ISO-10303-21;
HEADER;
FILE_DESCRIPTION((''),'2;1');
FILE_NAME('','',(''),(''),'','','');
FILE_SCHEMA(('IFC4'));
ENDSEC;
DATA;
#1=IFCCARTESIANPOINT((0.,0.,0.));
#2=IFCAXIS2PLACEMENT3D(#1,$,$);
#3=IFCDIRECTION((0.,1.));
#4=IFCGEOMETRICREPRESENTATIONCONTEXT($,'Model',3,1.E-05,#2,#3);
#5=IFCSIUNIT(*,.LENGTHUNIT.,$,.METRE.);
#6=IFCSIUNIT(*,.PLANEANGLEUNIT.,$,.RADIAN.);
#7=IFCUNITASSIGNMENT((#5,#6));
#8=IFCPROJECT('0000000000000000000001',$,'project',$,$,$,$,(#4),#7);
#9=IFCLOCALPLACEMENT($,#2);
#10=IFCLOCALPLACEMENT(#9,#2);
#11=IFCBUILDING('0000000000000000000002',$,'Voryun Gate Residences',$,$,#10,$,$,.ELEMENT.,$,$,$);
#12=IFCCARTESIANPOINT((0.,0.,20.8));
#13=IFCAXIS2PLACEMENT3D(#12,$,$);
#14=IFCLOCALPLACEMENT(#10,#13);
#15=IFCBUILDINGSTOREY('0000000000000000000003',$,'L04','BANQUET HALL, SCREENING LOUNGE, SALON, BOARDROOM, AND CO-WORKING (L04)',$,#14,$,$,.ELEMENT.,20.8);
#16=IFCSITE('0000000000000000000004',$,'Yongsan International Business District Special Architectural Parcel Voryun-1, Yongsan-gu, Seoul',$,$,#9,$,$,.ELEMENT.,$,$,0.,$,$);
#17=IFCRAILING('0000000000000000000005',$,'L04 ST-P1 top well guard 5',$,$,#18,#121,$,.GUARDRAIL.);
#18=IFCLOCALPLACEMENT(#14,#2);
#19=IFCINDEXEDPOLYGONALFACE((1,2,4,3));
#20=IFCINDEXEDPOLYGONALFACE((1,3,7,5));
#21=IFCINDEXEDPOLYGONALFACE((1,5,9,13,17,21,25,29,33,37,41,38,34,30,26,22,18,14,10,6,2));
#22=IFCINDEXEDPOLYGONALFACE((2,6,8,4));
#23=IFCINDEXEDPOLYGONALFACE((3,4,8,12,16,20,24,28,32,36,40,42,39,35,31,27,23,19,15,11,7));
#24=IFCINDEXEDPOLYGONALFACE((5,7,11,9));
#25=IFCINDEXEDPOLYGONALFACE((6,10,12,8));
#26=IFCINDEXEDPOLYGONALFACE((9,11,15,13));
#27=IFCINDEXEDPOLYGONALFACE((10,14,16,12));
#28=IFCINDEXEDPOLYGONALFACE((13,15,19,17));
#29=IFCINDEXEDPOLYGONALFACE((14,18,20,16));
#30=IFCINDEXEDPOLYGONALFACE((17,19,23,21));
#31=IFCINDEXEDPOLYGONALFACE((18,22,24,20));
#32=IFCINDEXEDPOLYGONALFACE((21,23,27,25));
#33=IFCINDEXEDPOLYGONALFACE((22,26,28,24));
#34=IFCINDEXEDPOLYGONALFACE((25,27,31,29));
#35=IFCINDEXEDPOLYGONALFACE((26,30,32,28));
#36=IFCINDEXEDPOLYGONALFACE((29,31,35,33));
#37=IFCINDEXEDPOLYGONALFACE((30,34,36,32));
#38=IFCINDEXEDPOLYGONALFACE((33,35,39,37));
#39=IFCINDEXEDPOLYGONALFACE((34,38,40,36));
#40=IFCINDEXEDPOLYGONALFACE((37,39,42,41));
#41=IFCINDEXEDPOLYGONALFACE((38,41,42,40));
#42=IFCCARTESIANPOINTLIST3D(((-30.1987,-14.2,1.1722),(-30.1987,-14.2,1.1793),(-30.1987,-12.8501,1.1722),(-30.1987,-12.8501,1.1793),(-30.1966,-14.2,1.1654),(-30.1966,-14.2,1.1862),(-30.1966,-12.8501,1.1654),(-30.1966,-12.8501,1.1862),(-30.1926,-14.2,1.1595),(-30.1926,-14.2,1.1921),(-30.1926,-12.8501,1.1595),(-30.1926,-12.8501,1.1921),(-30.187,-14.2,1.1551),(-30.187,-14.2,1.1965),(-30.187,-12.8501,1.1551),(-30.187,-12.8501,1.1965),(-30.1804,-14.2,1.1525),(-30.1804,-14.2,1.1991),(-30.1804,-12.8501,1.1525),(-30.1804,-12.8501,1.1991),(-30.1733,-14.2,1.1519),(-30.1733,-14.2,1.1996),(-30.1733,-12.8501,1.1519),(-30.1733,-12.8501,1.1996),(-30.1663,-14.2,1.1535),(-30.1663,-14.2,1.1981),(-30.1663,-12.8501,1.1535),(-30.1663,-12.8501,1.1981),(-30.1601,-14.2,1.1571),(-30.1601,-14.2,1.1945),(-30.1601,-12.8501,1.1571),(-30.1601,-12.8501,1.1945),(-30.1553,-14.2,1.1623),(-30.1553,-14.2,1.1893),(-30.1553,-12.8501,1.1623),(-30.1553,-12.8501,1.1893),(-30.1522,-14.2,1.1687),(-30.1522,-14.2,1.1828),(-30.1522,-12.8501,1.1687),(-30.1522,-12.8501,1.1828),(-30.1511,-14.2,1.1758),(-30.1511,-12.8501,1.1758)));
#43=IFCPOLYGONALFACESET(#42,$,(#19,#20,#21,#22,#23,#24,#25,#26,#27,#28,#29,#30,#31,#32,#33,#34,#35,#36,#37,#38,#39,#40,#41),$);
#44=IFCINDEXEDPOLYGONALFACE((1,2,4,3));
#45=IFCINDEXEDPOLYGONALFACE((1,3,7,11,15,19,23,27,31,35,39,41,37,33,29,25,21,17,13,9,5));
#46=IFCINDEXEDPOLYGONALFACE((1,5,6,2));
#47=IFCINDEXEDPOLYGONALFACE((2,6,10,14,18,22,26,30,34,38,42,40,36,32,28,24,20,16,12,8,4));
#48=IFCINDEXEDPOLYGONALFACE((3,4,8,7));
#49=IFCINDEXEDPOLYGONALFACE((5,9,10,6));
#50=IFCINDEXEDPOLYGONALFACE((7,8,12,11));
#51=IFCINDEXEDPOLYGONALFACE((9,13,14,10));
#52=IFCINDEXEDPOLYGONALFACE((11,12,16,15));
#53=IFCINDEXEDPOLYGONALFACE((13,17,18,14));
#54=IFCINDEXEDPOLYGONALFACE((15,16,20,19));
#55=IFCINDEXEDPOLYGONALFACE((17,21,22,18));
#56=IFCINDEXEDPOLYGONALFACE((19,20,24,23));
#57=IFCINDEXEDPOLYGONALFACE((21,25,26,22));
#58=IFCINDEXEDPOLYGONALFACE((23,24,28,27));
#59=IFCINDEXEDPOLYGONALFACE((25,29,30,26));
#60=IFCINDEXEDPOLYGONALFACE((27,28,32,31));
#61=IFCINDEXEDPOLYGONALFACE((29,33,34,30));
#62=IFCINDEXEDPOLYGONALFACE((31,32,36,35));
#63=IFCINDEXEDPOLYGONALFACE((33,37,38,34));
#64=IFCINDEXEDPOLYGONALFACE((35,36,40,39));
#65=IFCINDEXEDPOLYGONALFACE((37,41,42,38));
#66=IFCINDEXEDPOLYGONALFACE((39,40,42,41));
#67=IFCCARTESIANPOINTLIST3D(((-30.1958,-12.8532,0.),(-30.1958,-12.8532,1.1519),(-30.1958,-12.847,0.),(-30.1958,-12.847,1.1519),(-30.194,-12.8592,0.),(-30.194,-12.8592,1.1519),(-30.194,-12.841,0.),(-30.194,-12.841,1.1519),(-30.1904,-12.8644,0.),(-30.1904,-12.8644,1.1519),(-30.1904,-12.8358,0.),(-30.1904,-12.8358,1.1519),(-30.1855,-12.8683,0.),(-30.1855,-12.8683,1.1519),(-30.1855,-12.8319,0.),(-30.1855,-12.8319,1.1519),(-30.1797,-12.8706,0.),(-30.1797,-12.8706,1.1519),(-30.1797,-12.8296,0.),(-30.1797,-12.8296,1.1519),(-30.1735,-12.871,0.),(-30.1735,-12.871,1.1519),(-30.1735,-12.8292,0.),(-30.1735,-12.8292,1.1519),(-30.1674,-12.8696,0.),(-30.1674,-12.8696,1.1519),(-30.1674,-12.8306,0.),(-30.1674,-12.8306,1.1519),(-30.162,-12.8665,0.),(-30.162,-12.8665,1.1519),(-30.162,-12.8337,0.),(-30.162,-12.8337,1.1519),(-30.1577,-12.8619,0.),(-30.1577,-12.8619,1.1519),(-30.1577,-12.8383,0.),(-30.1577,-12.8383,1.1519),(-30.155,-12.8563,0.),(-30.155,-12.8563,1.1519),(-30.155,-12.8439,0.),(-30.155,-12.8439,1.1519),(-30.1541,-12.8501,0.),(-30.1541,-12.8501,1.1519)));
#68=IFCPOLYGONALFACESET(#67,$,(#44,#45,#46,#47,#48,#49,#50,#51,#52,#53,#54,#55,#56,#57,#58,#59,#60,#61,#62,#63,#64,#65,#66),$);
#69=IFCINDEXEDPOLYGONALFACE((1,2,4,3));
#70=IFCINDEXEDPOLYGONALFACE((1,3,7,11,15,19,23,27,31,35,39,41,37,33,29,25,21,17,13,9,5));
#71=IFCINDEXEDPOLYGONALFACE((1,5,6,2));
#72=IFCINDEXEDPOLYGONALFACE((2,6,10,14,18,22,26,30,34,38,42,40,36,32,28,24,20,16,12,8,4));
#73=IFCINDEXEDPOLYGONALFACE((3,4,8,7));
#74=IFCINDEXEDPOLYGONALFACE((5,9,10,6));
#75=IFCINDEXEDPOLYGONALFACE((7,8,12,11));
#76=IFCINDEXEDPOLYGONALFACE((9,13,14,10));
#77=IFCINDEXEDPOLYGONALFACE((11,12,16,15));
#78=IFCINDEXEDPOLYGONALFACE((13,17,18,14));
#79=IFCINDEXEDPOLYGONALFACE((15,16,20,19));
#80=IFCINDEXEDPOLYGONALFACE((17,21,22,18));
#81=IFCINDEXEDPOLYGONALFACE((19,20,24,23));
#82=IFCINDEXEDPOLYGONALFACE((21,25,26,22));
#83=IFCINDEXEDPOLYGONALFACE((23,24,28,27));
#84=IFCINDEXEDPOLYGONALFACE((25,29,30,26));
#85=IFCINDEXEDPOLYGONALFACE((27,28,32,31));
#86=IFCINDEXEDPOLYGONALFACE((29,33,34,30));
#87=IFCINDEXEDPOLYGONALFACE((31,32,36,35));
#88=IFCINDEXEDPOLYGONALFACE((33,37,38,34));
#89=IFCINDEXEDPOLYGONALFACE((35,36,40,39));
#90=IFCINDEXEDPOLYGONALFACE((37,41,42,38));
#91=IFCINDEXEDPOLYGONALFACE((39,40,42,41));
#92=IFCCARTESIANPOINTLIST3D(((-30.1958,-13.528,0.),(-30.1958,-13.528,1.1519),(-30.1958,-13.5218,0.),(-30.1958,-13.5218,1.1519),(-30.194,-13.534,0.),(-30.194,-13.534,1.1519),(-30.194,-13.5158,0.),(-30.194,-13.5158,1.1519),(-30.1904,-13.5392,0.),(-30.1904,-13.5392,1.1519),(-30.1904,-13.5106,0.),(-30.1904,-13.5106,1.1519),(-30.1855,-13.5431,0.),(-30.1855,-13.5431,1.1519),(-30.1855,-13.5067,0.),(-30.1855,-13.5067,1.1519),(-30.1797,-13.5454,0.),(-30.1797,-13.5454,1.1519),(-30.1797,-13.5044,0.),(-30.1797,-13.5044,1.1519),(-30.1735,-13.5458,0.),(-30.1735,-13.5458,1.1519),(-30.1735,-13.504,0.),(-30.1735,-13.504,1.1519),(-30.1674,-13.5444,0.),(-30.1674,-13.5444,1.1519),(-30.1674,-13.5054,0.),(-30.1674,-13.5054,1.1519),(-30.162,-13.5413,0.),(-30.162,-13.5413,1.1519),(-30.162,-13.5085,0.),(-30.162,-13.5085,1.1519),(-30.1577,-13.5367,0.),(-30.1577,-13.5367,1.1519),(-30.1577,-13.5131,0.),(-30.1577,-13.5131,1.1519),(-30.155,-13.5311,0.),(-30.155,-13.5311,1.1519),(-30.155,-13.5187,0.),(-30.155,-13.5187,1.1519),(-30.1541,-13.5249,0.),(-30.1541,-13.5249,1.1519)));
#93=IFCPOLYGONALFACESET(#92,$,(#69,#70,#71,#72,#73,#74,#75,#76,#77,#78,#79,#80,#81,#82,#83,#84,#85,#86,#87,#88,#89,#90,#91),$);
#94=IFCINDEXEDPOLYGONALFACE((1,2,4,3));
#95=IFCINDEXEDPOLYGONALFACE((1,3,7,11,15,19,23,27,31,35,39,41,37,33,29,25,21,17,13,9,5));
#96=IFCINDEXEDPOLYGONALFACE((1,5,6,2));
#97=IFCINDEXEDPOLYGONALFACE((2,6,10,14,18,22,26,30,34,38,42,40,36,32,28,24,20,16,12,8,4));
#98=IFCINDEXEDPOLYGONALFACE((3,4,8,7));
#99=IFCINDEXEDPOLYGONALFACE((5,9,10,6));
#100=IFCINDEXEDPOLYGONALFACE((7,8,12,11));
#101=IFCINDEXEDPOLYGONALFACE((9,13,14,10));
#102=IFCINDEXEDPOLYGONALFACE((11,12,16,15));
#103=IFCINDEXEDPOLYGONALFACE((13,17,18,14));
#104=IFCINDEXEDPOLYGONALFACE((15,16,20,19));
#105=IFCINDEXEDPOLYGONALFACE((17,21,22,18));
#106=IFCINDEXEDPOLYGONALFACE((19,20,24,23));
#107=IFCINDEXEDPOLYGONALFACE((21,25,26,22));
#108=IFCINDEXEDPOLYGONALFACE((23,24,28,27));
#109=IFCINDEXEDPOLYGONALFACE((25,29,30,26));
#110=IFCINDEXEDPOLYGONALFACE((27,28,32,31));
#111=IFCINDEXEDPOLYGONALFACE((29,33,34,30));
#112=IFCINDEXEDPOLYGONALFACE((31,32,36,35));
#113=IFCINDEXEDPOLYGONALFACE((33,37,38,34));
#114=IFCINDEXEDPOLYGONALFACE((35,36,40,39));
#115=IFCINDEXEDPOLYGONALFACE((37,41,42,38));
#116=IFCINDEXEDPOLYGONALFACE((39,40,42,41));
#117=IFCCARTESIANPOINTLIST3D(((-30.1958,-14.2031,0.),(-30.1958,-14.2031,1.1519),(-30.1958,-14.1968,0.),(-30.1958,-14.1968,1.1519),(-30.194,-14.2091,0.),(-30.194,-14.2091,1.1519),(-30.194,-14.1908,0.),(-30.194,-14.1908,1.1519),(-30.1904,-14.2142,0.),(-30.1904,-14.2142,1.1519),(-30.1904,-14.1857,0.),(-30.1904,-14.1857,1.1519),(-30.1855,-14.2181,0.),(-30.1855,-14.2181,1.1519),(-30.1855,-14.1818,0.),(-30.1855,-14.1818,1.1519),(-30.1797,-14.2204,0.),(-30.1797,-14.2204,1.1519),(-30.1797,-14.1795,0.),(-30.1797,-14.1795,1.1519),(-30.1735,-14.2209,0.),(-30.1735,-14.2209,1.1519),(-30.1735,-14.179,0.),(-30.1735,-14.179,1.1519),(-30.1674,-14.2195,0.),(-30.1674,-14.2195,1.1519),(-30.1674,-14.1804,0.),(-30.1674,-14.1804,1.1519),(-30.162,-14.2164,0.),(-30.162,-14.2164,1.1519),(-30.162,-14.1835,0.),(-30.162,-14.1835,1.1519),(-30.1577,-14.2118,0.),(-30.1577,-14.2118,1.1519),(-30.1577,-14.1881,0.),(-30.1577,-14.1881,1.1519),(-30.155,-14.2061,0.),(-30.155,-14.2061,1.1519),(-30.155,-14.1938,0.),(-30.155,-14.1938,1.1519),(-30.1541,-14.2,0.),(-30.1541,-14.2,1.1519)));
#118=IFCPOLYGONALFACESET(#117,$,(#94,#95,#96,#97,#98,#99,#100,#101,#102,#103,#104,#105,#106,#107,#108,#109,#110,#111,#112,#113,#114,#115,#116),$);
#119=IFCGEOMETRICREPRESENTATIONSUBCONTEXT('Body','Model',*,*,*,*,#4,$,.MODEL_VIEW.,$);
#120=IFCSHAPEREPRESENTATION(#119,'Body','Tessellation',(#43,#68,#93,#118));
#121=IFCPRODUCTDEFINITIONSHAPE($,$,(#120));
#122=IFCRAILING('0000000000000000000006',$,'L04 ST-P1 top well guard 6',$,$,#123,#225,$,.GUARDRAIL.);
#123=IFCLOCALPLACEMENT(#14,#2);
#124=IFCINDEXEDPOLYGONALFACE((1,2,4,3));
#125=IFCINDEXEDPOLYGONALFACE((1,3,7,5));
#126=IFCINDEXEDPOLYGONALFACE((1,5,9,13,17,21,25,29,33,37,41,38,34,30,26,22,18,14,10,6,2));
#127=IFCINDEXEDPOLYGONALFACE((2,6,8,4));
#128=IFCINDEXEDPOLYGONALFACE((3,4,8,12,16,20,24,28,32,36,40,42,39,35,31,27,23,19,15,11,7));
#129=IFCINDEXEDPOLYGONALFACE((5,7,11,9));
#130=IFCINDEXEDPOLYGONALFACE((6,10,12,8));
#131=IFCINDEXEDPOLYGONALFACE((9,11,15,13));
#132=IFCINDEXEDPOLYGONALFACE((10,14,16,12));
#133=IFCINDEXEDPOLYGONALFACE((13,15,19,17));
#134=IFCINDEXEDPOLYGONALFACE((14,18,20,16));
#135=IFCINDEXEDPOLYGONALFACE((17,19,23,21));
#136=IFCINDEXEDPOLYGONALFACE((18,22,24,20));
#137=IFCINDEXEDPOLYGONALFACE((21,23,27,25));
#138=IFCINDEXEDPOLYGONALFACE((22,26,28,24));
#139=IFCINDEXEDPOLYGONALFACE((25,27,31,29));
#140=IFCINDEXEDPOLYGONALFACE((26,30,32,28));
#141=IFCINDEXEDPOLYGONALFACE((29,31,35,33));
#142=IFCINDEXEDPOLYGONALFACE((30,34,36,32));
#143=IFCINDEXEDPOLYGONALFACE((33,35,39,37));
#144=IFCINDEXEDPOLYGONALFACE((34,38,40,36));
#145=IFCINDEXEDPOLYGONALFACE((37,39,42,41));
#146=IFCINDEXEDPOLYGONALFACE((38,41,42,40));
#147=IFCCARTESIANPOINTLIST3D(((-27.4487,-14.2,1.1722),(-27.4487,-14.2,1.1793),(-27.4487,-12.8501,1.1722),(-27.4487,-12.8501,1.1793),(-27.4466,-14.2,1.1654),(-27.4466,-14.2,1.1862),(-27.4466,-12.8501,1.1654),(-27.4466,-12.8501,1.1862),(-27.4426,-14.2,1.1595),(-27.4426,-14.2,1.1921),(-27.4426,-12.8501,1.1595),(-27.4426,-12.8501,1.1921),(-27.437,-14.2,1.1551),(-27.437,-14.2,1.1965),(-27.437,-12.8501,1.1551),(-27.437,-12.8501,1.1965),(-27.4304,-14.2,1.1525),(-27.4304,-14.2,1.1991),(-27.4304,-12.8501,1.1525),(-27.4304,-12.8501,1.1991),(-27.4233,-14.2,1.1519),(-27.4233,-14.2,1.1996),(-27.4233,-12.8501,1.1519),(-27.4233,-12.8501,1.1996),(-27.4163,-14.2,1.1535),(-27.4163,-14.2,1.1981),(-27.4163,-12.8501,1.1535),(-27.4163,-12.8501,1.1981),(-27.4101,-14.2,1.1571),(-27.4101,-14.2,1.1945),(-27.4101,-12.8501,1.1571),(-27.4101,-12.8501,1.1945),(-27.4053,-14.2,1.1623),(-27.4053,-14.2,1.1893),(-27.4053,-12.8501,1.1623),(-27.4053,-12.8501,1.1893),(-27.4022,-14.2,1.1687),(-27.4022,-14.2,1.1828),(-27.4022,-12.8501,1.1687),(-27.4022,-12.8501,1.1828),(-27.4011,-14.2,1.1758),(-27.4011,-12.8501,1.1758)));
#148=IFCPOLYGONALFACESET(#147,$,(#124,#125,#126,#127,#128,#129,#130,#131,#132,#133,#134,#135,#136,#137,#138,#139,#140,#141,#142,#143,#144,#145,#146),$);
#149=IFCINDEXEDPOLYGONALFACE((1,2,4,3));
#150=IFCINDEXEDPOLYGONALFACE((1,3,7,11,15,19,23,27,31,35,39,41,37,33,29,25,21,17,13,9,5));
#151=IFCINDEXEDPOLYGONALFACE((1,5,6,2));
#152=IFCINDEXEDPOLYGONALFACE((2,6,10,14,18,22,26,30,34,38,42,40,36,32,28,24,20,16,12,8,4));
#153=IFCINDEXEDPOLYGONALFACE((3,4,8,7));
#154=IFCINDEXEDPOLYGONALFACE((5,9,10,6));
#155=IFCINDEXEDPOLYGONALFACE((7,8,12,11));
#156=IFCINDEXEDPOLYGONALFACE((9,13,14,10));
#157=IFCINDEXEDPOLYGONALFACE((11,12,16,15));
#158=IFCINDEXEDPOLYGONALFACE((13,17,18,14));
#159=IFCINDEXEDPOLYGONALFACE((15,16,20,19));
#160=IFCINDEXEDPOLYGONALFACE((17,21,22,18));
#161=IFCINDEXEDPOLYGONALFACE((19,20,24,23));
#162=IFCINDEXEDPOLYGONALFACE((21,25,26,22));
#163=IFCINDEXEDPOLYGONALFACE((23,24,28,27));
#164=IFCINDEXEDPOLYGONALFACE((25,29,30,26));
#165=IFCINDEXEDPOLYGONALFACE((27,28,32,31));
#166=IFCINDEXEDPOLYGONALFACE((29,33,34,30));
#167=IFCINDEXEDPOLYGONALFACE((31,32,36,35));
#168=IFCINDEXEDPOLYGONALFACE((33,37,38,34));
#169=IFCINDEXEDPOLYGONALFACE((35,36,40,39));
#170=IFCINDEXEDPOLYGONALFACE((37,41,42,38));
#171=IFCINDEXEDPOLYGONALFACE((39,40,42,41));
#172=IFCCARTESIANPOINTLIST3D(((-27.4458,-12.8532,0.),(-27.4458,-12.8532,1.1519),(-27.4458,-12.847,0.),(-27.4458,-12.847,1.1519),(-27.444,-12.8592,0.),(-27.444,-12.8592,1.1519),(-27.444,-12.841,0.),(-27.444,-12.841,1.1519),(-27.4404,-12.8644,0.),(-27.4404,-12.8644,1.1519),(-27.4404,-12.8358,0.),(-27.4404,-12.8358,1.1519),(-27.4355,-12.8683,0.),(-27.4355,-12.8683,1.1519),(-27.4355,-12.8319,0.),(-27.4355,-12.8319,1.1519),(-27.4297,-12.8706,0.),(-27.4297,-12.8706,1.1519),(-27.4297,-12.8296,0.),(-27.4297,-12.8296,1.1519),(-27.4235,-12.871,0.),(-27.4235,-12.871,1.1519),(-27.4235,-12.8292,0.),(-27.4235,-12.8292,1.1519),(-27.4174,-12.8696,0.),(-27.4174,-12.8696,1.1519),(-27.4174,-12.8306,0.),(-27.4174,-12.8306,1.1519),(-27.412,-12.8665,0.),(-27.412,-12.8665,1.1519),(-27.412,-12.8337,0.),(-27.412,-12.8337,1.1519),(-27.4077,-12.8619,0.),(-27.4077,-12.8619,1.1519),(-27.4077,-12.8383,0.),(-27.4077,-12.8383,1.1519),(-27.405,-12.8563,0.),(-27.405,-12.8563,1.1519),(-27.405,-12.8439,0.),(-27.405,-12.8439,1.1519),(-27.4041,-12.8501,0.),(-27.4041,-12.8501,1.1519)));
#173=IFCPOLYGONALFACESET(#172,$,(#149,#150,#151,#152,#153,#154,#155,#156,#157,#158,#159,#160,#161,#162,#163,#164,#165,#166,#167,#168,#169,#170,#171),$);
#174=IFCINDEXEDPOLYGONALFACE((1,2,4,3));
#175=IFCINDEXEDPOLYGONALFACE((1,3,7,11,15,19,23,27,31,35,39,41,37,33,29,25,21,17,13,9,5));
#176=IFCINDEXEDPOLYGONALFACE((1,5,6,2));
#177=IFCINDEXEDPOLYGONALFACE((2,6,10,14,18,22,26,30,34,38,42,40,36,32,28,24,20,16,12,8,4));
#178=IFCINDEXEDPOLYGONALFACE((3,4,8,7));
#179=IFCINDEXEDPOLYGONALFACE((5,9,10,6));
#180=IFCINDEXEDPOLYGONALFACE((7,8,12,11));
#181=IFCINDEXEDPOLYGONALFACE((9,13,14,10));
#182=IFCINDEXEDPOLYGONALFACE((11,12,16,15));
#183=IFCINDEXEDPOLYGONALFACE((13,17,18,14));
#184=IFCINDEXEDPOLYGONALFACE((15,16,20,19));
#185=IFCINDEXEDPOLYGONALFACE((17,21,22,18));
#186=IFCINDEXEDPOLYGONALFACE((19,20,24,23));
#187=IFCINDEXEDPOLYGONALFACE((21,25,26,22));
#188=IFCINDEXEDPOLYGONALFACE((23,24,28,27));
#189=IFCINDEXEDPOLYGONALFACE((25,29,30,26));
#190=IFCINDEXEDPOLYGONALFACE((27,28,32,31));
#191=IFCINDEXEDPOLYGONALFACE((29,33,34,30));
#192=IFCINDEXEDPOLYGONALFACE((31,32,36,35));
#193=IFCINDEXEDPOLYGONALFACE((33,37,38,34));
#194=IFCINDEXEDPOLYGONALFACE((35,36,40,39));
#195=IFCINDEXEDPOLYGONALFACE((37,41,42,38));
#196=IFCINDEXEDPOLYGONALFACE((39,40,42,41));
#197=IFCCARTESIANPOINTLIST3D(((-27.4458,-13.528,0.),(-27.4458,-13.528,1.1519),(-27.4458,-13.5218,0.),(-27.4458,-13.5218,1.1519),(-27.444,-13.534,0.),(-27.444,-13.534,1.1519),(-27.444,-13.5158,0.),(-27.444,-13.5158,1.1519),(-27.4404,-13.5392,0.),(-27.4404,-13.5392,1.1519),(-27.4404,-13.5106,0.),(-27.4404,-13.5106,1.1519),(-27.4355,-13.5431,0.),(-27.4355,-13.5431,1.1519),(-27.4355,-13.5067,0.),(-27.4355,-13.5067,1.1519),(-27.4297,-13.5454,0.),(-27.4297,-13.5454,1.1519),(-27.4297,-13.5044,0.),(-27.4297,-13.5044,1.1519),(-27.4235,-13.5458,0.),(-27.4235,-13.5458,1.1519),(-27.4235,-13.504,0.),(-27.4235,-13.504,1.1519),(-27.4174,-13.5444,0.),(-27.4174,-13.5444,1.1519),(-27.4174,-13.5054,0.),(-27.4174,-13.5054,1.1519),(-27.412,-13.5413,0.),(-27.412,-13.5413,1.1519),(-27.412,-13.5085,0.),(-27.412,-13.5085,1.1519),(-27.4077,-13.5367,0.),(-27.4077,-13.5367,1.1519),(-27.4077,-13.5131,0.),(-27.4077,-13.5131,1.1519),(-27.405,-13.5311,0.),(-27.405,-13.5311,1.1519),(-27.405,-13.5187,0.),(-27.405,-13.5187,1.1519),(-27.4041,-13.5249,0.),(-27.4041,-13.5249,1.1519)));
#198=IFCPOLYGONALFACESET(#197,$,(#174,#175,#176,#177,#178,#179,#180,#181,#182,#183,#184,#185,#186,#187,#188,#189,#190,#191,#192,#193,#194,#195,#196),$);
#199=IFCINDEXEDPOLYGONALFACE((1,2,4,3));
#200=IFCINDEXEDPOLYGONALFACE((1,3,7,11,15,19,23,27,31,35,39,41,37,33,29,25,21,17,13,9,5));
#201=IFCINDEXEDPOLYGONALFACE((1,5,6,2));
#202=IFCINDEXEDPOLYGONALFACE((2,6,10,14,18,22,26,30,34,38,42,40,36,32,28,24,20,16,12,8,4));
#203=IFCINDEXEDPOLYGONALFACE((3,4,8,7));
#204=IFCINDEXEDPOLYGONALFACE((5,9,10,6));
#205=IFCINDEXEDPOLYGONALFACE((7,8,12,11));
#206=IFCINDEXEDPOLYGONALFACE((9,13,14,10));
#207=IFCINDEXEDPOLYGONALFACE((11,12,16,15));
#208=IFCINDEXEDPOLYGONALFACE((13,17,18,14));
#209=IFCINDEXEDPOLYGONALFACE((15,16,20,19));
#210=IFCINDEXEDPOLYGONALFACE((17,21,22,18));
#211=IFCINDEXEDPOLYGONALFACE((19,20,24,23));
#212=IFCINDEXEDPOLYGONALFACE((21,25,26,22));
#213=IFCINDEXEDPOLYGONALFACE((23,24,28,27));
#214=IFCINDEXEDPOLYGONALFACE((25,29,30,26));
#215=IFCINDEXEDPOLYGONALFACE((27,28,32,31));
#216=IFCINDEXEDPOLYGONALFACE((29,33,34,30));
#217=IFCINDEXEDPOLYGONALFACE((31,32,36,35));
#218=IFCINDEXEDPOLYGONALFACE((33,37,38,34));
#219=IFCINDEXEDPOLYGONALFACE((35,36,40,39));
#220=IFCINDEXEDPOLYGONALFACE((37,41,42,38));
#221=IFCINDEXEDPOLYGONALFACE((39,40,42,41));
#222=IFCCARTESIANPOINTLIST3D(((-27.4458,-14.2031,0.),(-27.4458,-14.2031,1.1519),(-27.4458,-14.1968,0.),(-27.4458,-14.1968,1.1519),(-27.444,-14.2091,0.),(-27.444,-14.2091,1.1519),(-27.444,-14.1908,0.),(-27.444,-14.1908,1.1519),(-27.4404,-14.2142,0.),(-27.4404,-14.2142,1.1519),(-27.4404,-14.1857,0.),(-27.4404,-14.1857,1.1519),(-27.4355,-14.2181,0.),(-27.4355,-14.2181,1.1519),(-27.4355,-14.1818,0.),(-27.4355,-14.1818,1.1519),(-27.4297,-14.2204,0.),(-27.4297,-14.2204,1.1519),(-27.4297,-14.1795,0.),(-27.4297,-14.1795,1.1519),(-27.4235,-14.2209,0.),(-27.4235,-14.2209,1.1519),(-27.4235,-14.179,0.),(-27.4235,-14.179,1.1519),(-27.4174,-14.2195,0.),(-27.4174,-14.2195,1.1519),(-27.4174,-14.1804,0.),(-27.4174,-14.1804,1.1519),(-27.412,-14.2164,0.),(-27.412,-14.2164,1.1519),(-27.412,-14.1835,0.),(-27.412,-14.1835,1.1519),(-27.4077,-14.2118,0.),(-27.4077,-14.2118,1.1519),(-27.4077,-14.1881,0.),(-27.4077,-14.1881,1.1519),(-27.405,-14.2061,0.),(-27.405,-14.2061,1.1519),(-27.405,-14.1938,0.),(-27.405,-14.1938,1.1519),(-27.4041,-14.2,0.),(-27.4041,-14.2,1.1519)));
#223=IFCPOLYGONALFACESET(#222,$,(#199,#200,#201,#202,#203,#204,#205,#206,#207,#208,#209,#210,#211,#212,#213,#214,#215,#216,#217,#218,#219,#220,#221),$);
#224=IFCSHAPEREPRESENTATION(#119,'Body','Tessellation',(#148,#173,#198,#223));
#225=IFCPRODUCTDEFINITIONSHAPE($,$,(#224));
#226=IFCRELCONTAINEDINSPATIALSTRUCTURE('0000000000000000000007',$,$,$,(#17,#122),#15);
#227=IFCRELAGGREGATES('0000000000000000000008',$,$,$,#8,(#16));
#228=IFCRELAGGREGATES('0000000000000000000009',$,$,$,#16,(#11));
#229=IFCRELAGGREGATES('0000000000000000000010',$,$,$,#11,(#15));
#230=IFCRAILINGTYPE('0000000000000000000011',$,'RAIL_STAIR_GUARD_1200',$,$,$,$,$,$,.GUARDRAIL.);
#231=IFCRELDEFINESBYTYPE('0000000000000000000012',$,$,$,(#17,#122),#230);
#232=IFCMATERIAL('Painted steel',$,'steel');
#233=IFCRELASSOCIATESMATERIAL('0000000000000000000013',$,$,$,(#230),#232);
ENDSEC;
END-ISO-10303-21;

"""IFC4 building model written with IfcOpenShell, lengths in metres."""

from ifc_helpers import new_model, si_unit, direction, frame, origin, origin_2d, place, context, subcontext, project, spatial, circle, extrude, material, type_object, element, save


model = new_model("IFC4")

# Units and contexts
model_context = context("Model", 3, precision=1e-05, world=origin(), true_north=direction((0.0, 1.0)))
body_context = subcontext(model_context, "Body", "Model", "MODEL_VIEW")
ifc_project = project(units=[si_unit("LENGTHUNIT", "METRE"), si_unit("PLANEANGLEUNIT", "RADIAN")], contexts=[model_context])

# Site, building, storey
site_placement = place(None, origin())
site = spatial("IfcSite", under=ifc_project, at=site_placement, Name="Yongsan International Business District Special Architectural Parcel Voryun-1, Yongsan-gu, Seoul", CompositionType="ELEMENT", RefElevation=0.0)
building_placement = place(site_placement, origin())
building = spatial("IfcBuilding", under=site, at=building_placement, Name="Voryun Gate Residences", CompositionType="ELEMENT")
storey_placement = place(building_placement, frame((0.0, 0.0, 20.8)))
storey = spatial("IfcBuildingStorey", under=building, at=storey_placement, Name="L04", Description="BANQUET HALL, SCREENING LOUNGE, SALON, BOARDROOM, AND CO-WORKING (L04)", CompositionType="ELEMENT", Elevation=20.8)

# Railings
ifc_material_1 = material(Name="Painted steel", Category="steel")
railing_type = type_object("IfcRailingType", Name="RAIL_STAIR_GUARD_1200", PredefinedType="GUARDRAIL", material=ifc_material_1)
for number, where, name in (
    (1, (-30.175, -12.8501, 0.0), "L04 ST-P1 top well guard 5"),
    (2, (-27.425, -12.8501, 0.0), "L04 ST-P1 top well guard 6"),
):
    element("IfcRailing", number, at=place(storey_placement, frame(where)), inside=storey, type_object=railing_type, Name=name, PredefinedType="GUARDRAIL", context=body_context, shape_type="SweptSolid", body=[
        extrude(circle(Radius=0.0239, at=origin_2d()), frame((0.0, 0.0, 1.1758), z_axis=(0.0, -1.0, 0.0), x_axis=(1.0, 0.0, 0.0)), (0.0, 0.0, 1.0), 1.3499),
        extrude(circle(Radius=0.021, at=origin_2d()), origin(), (0.0, 0.0, 1.0), 1.1519),
        extrude(circle(Radius=0.021, at=origin_2d()), frame((0.0, -0.6748, 0.0)), (0.0, 0.0, 1.0), 1.1519),
        extrude(circle(Radius=0.021, at=origin_2d()), frame((0.0, -1.3499, 0.0)), (0.0, 0.0, 1.0), 1.1519),
    ])

save(model, "model.ifc")
